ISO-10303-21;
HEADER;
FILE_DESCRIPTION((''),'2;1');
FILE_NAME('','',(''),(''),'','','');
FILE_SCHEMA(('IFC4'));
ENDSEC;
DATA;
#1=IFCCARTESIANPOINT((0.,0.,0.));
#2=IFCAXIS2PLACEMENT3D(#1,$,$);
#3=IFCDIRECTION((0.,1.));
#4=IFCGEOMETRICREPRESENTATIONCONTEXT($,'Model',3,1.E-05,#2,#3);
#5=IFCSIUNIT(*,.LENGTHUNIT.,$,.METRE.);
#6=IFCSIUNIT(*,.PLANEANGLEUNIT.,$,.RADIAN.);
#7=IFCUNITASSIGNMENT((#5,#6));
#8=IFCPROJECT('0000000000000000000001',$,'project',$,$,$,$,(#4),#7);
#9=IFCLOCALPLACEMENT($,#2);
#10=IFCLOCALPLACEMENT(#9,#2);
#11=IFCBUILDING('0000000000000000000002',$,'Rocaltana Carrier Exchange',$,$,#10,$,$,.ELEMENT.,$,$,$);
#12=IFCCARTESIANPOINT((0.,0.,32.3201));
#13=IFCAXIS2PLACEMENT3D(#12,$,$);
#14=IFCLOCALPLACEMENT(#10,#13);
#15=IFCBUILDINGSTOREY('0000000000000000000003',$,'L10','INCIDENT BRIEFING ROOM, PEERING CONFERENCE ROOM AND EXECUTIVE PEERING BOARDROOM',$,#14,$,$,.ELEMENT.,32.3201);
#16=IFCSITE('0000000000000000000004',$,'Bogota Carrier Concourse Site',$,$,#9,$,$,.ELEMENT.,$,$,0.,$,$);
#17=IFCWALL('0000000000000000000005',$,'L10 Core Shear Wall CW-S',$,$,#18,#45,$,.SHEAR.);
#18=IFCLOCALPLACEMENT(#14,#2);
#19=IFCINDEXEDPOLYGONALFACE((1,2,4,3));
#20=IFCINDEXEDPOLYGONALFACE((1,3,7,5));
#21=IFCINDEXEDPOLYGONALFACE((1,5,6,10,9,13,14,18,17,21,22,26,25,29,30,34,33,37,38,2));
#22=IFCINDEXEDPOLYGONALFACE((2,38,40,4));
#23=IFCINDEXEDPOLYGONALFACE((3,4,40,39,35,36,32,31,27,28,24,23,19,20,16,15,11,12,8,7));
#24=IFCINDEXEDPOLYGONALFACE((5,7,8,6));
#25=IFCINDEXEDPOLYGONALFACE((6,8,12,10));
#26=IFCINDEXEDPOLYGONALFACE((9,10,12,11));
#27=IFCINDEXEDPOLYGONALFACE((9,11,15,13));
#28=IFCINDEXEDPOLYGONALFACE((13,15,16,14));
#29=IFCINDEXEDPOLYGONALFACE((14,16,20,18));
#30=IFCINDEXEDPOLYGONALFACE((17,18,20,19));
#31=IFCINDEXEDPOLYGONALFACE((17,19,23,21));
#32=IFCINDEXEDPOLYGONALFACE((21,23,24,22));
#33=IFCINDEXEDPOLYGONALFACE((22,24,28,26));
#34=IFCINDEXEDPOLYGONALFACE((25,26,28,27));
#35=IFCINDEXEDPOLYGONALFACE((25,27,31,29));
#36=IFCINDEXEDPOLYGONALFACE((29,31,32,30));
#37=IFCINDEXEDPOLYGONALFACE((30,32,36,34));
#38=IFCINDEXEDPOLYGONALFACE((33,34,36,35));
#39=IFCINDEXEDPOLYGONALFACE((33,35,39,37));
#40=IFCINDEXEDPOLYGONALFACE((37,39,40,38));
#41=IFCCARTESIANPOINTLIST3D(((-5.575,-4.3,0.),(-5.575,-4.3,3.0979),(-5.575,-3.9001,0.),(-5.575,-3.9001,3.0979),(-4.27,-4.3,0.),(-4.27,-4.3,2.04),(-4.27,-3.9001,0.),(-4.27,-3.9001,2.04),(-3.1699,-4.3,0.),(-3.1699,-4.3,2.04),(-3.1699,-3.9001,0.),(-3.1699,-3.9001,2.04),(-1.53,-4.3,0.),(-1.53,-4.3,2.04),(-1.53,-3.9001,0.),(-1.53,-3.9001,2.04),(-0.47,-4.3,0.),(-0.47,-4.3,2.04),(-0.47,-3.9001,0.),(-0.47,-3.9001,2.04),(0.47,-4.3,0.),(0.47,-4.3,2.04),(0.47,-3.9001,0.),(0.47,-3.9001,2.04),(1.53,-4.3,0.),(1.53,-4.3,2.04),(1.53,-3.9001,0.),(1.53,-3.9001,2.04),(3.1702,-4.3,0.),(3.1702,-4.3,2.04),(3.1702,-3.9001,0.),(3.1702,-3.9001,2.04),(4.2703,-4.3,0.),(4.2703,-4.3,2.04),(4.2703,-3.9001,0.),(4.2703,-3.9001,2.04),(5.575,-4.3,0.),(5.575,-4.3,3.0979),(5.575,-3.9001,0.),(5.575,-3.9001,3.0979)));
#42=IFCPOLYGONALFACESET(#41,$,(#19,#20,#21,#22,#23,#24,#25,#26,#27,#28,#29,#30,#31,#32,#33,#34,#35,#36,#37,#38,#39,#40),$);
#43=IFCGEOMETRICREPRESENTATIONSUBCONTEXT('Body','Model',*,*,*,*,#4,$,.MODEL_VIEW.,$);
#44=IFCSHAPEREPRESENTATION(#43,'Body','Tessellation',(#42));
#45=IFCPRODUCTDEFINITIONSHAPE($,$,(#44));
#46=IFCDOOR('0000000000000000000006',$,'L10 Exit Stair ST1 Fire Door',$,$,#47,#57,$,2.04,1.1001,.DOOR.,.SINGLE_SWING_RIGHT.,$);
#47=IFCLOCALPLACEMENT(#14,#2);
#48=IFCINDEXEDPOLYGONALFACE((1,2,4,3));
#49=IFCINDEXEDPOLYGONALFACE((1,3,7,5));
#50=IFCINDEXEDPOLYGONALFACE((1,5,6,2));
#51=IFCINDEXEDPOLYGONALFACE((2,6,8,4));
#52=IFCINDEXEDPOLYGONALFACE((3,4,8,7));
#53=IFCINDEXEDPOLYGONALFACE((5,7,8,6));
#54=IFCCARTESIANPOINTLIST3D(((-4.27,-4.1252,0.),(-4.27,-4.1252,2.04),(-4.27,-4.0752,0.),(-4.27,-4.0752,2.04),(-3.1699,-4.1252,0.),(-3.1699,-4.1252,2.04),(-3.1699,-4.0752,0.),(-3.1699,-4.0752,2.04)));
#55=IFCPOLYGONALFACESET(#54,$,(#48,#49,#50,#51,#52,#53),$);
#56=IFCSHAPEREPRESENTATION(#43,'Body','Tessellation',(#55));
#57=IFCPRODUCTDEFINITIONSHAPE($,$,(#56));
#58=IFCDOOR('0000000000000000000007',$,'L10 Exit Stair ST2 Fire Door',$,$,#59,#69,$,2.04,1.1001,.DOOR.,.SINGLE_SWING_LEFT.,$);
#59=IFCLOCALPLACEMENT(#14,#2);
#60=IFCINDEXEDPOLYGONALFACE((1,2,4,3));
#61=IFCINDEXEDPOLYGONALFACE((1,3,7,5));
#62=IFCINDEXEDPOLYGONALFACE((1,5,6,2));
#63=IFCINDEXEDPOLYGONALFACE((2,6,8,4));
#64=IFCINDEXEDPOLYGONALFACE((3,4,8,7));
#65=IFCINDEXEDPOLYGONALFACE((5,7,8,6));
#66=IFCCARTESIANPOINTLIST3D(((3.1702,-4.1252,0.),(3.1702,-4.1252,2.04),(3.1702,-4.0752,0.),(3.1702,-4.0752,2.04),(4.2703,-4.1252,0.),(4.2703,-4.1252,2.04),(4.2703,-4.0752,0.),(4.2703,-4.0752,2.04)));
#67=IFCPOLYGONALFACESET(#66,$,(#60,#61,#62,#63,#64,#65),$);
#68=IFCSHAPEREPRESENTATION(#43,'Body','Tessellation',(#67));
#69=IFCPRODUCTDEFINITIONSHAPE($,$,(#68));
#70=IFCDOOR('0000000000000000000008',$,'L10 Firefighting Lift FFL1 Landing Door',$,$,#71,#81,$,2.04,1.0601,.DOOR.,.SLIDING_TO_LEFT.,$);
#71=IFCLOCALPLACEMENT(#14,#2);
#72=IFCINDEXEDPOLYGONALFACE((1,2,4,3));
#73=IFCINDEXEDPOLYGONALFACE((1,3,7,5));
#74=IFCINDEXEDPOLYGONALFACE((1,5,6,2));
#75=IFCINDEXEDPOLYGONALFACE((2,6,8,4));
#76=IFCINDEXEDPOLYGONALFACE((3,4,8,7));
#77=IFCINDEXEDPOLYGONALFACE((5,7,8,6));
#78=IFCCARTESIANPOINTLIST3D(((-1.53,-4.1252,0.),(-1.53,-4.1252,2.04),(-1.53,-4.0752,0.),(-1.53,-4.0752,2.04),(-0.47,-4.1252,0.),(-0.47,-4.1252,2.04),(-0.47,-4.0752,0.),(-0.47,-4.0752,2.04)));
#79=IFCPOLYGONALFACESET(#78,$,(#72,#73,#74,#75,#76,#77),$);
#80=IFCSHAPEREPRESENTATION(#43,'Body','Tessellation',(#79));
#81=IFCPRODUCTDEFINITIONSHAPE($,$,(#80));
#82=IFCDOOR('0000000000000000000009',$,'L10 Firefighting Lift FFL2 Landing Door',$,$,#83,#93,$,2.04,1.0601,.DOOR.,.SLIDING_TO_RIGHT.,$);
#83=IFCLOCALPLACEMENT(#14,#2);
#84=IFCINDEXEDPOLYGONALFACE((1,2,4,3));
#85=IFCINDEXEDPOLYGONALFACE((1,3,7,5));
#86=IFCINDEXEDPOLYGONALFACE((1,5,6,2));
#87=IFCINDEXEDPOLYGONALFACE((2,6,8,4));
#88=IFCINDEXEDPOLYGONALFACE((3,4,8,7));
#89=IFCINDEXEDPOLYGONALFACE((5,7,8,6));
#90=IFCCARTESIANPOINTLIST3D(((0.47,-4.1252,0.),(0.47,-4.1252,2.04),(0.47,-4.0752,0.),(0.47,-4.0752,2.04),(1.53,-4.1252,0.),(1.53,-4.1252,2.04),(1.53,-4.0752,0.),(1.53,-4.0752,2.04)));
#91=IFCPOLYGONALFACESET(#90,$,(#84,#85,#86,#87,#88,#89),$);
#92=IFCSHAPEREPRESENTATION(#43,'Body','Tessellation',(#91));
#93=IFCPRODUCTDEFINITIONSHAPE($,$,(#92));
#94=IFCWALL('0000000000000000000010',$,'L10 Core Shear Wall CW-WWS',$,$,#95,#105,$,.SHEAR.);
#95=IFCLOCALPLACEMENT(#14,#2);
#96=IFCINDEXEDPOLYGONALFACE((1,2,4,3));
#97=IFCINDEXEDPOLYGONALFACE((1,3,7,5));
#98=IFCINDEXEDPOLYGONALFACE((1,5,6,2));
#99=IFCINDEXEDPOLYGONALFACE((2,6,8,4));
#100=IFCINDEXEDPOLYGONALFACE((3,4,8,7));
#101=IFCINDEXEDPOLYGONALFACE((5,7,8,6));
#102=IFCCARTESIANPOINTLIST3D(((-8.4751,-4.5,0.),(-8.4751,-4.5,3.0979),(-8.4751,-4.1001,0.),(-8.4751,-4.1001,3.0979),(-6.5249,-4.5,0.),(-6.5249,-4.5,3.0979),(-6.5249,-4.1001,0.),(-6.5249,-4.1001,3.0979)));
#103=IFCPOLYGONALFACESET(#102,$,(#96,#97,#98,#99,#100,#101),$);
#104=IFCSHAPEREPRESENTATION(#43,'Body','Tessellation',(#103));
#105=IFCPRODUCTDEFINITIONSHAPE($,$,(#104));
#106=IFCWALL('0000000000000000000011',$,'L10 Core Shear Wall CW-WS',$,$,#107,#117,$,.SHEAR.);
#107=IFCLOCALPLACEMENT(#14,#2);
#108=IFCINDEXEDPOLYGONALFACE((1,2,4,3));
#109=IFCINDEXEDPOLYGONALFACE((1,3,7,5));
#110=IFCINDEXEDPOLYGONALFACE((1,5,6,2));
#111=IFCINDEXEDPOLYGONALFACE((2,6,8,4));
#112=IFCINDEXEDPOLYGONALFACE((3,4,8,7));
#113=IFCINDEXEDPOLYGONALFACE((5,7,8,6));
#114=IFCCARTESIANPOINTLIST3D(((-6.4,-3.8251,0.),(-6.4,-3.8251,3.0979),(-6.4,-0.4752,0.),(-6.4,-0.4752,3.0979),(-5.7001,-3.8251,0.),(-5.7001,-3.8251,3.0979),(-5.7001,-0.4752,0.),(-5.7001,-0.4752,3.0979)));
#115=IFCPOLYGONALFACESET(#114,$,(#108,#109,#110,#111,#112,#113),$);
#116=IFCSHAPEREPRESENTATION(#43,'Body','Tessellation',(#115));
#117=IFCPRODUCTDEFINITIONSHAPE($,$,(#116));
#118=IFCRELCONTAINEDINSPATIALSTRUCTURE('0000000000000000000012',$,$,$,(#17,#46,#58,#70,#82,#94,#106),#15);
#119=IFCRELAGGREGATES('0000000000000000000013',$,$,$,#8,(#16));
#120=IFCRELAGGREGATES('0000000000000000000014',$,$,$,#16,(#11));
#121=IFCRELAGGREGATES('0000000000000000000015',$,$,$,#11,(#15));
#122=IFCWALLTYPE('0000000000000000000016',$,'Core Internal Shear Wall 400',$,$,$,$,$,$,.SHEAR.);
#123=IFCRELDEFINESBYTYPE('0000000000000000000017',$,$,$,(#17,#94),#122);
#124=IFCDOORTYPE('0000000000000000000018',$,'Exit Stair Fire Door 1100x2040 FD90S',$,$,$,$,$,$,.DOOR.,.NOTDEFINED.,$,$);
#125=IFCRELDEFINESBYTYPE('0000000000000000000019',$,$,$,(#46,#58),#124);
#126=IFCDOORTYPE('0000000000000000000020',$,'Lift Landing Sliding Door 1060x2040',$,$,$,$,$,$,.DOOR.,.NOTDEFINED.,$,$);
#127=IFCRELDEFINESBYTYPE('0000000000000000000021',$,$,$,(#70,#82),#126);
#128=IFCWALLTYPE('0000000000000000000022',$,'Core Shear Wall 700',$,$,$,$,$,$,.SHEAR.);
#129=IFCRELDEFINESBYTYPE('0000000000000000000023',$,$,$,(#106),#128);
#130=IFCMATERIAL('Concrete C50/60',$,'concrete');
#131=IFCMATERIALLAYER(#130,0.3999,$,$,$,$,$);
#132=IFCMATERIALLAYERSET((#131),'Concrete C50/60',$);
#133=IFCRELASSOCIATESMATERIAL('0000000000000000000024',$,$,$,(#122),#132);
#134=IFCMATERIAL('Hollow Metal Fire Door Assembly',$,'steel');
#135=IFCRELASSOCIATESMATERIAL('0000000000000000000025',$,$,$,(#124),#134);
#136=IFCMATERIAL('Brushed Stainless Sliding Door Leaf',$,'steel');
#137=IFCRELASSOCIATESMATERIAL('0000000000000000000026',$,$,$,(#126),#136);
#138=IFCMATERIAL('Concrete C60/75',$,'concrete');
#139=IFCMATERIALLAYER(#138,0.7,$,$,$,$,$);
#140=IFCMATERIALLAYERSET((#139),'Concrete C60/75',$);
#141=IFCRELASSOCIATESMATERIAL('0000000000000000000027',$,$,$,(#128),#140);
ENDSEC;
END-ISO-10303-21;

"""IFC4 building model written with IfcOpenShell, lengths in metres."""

from ifc_helpers import new_model, si_unit, direction, frame, frame_2d, origin, place, context, subcontext, project, spatial, rectangle, extrude, material, layer, layer_set, type_object, element, fill, save


model = new_model("IFC4")

# Units and contexts
model_context = context("Model", 3, precision=1e-05, world=origin(), true_north=direction((0.0, 1.0)))
body_context = subcontext(model_context, "Body", "Model", "MODEL_VIEW")
ifc_project = project(units=[si_unit("LENGTHUNIT", "METRE"), si_unit("PLANEANGLEUNIT", "RADIAN")], contexts=[model_context])

# Site, building, storey
site_placement = place(None, origin())
site = spatial("IfcSite", under=ifc_project, at=site_placement, Name="Bogota Carrier Concourse Site", CompositionType="ELEMENT", RefElevation=0.0)
building_placement = place(site_placement, origin())
building = spatial("IfcBuilding", under=site, at=building_placement, Name="Rocaltana Carrier Exchange", CompositionType="ELEMENT")
storey_placement = place(building_placement, frame((0.0, 0.0, 32.3201)))
storey = spatial("IfcBuildingStorey", under=building, at=storey_placement, Name="L10", Description="INCIDENT BRIEFING ROOM, PEERING CONFERENCE ROOM AND EXECUTIVE PEERING BOARDROOM", CompositionType="ELEMENT", Elevation=32.3201)

# Wall, openings, doors
ifc_material_1 = material(Name="Concrete C50/60", Category="concrete")
ifc_layer_1 = layer(ifc_material_1, 0.3999)
ifc_layer_set_1 = layer_set([ifc_layer_1], Name="Concrete C50/60")
wall_type_1 = type_object("IfcWallType", Name="Core Internal Shear Wall 400", PredefinedType="SHEAR", material=ifc_layer_set_1)
wall_1_placement = place(storey_placement, frame((-5.575, -4.1001, 0.0), z_axis=(0.0, 0.0, 1.0), x_axis=(1.0, 0.0, 0.0)))
wall_1 = element("IfcWall", 1, at=wall_1_placement, inside=storey, type_object=wall_type_1, Name="L10 Core Shear Wall CW-S", PredefinedType="SHEAR", context=body_context, shape_type="SweptSolid", body=[
    extrude(rectangle(XDim=11.1499, YDim=0.3999, at=frame_2d((5.575, 0.0))), origin(), (0.0, 0.0, 1.0), 3.0979),
])
opening_1_placement = place(wall_1_placement, frame((1.3049, 0.0, 0.0)))
opening_1 = element("IfcOpeningElement", 2, at=opening_1_placement, cuts=wall_1, PredefinedType="OPENING", context=body_context, shape_type="SweptSolid", body=[
    extrude(rectangle(XDim=1.1001, YDim=2.04, at=frame_2d((0.55, 1.02))), frame((0.0, 0.21, 0.0), z_axis=(0.0, -1.0, 0.0), x_axis=(1.0, 0.0, 0.0)), (0.0, 0.0, 1.0), 0.4199),
])
opening_2_placement = place(wall_1_placement, frame((8.7451, 0.0, 0.0)))
opening_2 = element("IfcOpeningElement", 3, at=opening_2_placement, cuts=wall_1, PredefinedType="OPENING", context=body_context, shape_type="SweptSolid", body=[
    extrude(rectangle(XDim=1.1001, YDim=2.04, at=frame_2d((0.55, 1.02))), frame((0.0, 0.21, 0.0), z_axis=(0.0, -1.0, 0.0), x_axis=(1.0, 0.0, 0.0)), (0.0, 0.0, 1.0), 0.4199),
])
opening_3_placement = place(wall_1_placement, frame((4.0449, 0.0, 0.0)))
opening_3 = element("IfcOpeningElement", 4, at=opening_3_placement, cuts=wall_1, PredefinedType="OPENING", context=body_context, shape_type="SweptSolid", body=[
    extrude(rectangle(XDim=1.0601, YDim=2.04, at=frame_2d((0.53, 1.02))), frame((0.0, 0.21, 0.0), z_axis=(0.0, -1.0, 0.0), x_axis=(1.0, 0.0, 0.0)), (0.0, 0.0, 1.0), 0.4199),
])
opening_4_placement = place(wall_1_placement, frame((6.0449, 0.0, 0.0)))
opening_4 = element("IfcOpeningElement", 5, at=opening_4_placement, cuts=wall_1, PredefinedType="OPENING", context=body_context, shape_type="SweptSolid", body=[
    extrude(rectangle(XDim=1.0601, YDim=2.04, at=frame_2d((0.53, 1.02))), frame((0.0, 0.21, 0.0), z_axis=(0.0, -1.0, 0.0), x_axis=(1.0, 0.0, 0.0)), (0.0, 0.0, 1.0), 0.4199),
])
ifc_material_2 = material(Name="Hollow Metal Fire Door Assembly", Category="steel")
door_type_1 = type_object("IfcDoorType", Name="Exit Stair Fire Door 1100x2040 FD90S", OperationType="NOTDEFINED", PredefinedType="DOOR", material=ifc_material_2)
door_1_placement = place(opening_1_placement, origin())
door_1 = element("IfcDoor", 6, at=door_1_placement, inside=storey, type_object=door_type_1, Name="L10 Exit Stair ST1 Fire Door", OperationType="SINGLE_SWING_RIGHT", OverallHeight=2.04, OverallWidth=1.1001, PredefinedType="DOOR", context=body_context, shape_type="SweptSolid", body=[
    extrude(rectangle(XDim=1.1001, YDim=2.04, at=frame_2d((0.55, 1.02))), frame((0.0, 0.0249, 0.0), z_axis=(0.0, -1.0, 0.0), x_axis=(1.0, 0.0, 0.0)), (0.0, 0.0, 1.0), 0.05),
])
fill(opening_1, door_1)
door_2_placement = place(opening_2_placement, origin())
door_2 = element("IfcDoor", 7, at=door_2_placement, inside=storey, type_object=door_type_1, Name="L10 Exit Stair ST2 Fire Door", OperationType="SINGLE_SWING_LEFT", OverallHeight=2.04, OverallWidth=1.1001, PredefinedType="DOOR", context=body_context, shape_type="SweptSolid", body=[
    extrude(rectangle(XDim=1.1001, YDim=2.04, at=frame_2d((0.55, 1.02))), frame((0.0, 0.0249, 0.0), z_axis=(0.0, -1.0, 0.0), x_axis=(1.0, 0.0, 0.0)), (0.0, 0.0, 1.0), 0.05),
])
fill(opening_2, door_2)
ifc_material_3 = material(Name="Brushed Stainless Sliding Door Leaf", Category="steel")
door_type_2 = type_object("IfcDoorType", Name="Lift Landing Sliding Door 1060x2040", OperationType="NOTDEFINED", PredefinedType="DOOR", material=ifc_material_3)
door_3_placement = place(opening_3_placement, origin())
door_3 = element("IfcDoor", 8, at=door_3_placement, inside=storey, type_object=door_type_2, Name="L10 Firefighting Lift FFL1 Landing Door", OperationType="SLIDING_TO_LEFT", OverallHeight=2.04, OverallWidth=1.0601, PredefinedType="DOOR", context=body_context, shape_type="SweptSolid", body=[
    extrude(rectangle(XDim=1.0601, YDim=2.04, at=frame_2d((0.53, 1.02))), frame((0.0, 0.0249, 0.0), z_axis=(0.0, -1.0, 0.0), x_axis=(1.0, 0.0, 0.0)), (0.0, 0.0, 1.0), 0.05),
])
fill(opening_3, door_3)
door_4_placement = place(opening_4_placement, origin())
door_4 = element("IfcDoor", 9, at=door_4_placement, inside=storey, type_object=door_type_2, Name="L10 Firefighting Lift FFL2 Landing Door", OperationType="SLIDING_TO_RIGHT", OverallHeight=2.04, OverallWidth=1.0601, PredefinedType="DOOR", context=body_context, shape_type="SweptSolid", body=[
    extrude(rectangle(XDim=1.0601, YDim=2.04, at=frame_2d((0.53, 1.02))), frame((0.0, 0.0249, 0.0), z_axis=(0.0, -1.0, 0.0), x_axis=(1.0, 0.0, 0.0)), (0.0, 0.0, 1.0), 0.05),
])
fill(opening_4, door_4)

# Walls
wall_2_placement = place(storey_placement, frame((-8.4751, -4.3, 0.0), z_axis=(0.0, 0.0, 1.0), x_axis=(1.0, 0.0, 0.0)))
element("IfcWall", 10, at=wall_2_placement, inside=storey, type_object=wall_type_1, Name="L10 Core Shear Wall CW-WWS", PredefinedType="SHEAR", context=body_context, shape_type="SweptSolid", body=[
    extrude(rectangle(XDim=1.9502, YDim=0.3999, at=frame_2d((0.9751, 0.0))), origin(), (0.0, 0.0, 1.0), 3.0979),
])
ifc_material_4 = material(Name="Concrete C60/75", Category="concrete")
ifc_layer_2 = layer(ifc_material_4, 0.7)
ifc_layer_set_2 = layer_set([ifc_layer_2], Name="Concrete C60/75")
wall_type_2 = type_object("IfcWallType", Name="Core Shear Wall 700", PredefinedType="SHEAR", material=ifc_layer_set_2)
wall_3_placement = place(storey_placement, frame((-6.05, -3.825, 0.0), z_axis=(0.0, 0.0, 1.0), x_axis=(0.0, 1.0, 0.0)))
element("IfcWall", 11, at=wall_3_placement, inside=storey, type_object=wall_type_2, Name="L10 Core Shear Wall CW-WS", PredefinedType="SHEAR", context=body_context, shape_type="SweptSolid", body=[
    extrude(rectangle(XDim=3.3499, YDim=0.7, at=frame_2d((1.6748, 0.0))), origin(), (0.0, 0.0, 1.0), 3.0979),
])

save(model, "model.ifc")
